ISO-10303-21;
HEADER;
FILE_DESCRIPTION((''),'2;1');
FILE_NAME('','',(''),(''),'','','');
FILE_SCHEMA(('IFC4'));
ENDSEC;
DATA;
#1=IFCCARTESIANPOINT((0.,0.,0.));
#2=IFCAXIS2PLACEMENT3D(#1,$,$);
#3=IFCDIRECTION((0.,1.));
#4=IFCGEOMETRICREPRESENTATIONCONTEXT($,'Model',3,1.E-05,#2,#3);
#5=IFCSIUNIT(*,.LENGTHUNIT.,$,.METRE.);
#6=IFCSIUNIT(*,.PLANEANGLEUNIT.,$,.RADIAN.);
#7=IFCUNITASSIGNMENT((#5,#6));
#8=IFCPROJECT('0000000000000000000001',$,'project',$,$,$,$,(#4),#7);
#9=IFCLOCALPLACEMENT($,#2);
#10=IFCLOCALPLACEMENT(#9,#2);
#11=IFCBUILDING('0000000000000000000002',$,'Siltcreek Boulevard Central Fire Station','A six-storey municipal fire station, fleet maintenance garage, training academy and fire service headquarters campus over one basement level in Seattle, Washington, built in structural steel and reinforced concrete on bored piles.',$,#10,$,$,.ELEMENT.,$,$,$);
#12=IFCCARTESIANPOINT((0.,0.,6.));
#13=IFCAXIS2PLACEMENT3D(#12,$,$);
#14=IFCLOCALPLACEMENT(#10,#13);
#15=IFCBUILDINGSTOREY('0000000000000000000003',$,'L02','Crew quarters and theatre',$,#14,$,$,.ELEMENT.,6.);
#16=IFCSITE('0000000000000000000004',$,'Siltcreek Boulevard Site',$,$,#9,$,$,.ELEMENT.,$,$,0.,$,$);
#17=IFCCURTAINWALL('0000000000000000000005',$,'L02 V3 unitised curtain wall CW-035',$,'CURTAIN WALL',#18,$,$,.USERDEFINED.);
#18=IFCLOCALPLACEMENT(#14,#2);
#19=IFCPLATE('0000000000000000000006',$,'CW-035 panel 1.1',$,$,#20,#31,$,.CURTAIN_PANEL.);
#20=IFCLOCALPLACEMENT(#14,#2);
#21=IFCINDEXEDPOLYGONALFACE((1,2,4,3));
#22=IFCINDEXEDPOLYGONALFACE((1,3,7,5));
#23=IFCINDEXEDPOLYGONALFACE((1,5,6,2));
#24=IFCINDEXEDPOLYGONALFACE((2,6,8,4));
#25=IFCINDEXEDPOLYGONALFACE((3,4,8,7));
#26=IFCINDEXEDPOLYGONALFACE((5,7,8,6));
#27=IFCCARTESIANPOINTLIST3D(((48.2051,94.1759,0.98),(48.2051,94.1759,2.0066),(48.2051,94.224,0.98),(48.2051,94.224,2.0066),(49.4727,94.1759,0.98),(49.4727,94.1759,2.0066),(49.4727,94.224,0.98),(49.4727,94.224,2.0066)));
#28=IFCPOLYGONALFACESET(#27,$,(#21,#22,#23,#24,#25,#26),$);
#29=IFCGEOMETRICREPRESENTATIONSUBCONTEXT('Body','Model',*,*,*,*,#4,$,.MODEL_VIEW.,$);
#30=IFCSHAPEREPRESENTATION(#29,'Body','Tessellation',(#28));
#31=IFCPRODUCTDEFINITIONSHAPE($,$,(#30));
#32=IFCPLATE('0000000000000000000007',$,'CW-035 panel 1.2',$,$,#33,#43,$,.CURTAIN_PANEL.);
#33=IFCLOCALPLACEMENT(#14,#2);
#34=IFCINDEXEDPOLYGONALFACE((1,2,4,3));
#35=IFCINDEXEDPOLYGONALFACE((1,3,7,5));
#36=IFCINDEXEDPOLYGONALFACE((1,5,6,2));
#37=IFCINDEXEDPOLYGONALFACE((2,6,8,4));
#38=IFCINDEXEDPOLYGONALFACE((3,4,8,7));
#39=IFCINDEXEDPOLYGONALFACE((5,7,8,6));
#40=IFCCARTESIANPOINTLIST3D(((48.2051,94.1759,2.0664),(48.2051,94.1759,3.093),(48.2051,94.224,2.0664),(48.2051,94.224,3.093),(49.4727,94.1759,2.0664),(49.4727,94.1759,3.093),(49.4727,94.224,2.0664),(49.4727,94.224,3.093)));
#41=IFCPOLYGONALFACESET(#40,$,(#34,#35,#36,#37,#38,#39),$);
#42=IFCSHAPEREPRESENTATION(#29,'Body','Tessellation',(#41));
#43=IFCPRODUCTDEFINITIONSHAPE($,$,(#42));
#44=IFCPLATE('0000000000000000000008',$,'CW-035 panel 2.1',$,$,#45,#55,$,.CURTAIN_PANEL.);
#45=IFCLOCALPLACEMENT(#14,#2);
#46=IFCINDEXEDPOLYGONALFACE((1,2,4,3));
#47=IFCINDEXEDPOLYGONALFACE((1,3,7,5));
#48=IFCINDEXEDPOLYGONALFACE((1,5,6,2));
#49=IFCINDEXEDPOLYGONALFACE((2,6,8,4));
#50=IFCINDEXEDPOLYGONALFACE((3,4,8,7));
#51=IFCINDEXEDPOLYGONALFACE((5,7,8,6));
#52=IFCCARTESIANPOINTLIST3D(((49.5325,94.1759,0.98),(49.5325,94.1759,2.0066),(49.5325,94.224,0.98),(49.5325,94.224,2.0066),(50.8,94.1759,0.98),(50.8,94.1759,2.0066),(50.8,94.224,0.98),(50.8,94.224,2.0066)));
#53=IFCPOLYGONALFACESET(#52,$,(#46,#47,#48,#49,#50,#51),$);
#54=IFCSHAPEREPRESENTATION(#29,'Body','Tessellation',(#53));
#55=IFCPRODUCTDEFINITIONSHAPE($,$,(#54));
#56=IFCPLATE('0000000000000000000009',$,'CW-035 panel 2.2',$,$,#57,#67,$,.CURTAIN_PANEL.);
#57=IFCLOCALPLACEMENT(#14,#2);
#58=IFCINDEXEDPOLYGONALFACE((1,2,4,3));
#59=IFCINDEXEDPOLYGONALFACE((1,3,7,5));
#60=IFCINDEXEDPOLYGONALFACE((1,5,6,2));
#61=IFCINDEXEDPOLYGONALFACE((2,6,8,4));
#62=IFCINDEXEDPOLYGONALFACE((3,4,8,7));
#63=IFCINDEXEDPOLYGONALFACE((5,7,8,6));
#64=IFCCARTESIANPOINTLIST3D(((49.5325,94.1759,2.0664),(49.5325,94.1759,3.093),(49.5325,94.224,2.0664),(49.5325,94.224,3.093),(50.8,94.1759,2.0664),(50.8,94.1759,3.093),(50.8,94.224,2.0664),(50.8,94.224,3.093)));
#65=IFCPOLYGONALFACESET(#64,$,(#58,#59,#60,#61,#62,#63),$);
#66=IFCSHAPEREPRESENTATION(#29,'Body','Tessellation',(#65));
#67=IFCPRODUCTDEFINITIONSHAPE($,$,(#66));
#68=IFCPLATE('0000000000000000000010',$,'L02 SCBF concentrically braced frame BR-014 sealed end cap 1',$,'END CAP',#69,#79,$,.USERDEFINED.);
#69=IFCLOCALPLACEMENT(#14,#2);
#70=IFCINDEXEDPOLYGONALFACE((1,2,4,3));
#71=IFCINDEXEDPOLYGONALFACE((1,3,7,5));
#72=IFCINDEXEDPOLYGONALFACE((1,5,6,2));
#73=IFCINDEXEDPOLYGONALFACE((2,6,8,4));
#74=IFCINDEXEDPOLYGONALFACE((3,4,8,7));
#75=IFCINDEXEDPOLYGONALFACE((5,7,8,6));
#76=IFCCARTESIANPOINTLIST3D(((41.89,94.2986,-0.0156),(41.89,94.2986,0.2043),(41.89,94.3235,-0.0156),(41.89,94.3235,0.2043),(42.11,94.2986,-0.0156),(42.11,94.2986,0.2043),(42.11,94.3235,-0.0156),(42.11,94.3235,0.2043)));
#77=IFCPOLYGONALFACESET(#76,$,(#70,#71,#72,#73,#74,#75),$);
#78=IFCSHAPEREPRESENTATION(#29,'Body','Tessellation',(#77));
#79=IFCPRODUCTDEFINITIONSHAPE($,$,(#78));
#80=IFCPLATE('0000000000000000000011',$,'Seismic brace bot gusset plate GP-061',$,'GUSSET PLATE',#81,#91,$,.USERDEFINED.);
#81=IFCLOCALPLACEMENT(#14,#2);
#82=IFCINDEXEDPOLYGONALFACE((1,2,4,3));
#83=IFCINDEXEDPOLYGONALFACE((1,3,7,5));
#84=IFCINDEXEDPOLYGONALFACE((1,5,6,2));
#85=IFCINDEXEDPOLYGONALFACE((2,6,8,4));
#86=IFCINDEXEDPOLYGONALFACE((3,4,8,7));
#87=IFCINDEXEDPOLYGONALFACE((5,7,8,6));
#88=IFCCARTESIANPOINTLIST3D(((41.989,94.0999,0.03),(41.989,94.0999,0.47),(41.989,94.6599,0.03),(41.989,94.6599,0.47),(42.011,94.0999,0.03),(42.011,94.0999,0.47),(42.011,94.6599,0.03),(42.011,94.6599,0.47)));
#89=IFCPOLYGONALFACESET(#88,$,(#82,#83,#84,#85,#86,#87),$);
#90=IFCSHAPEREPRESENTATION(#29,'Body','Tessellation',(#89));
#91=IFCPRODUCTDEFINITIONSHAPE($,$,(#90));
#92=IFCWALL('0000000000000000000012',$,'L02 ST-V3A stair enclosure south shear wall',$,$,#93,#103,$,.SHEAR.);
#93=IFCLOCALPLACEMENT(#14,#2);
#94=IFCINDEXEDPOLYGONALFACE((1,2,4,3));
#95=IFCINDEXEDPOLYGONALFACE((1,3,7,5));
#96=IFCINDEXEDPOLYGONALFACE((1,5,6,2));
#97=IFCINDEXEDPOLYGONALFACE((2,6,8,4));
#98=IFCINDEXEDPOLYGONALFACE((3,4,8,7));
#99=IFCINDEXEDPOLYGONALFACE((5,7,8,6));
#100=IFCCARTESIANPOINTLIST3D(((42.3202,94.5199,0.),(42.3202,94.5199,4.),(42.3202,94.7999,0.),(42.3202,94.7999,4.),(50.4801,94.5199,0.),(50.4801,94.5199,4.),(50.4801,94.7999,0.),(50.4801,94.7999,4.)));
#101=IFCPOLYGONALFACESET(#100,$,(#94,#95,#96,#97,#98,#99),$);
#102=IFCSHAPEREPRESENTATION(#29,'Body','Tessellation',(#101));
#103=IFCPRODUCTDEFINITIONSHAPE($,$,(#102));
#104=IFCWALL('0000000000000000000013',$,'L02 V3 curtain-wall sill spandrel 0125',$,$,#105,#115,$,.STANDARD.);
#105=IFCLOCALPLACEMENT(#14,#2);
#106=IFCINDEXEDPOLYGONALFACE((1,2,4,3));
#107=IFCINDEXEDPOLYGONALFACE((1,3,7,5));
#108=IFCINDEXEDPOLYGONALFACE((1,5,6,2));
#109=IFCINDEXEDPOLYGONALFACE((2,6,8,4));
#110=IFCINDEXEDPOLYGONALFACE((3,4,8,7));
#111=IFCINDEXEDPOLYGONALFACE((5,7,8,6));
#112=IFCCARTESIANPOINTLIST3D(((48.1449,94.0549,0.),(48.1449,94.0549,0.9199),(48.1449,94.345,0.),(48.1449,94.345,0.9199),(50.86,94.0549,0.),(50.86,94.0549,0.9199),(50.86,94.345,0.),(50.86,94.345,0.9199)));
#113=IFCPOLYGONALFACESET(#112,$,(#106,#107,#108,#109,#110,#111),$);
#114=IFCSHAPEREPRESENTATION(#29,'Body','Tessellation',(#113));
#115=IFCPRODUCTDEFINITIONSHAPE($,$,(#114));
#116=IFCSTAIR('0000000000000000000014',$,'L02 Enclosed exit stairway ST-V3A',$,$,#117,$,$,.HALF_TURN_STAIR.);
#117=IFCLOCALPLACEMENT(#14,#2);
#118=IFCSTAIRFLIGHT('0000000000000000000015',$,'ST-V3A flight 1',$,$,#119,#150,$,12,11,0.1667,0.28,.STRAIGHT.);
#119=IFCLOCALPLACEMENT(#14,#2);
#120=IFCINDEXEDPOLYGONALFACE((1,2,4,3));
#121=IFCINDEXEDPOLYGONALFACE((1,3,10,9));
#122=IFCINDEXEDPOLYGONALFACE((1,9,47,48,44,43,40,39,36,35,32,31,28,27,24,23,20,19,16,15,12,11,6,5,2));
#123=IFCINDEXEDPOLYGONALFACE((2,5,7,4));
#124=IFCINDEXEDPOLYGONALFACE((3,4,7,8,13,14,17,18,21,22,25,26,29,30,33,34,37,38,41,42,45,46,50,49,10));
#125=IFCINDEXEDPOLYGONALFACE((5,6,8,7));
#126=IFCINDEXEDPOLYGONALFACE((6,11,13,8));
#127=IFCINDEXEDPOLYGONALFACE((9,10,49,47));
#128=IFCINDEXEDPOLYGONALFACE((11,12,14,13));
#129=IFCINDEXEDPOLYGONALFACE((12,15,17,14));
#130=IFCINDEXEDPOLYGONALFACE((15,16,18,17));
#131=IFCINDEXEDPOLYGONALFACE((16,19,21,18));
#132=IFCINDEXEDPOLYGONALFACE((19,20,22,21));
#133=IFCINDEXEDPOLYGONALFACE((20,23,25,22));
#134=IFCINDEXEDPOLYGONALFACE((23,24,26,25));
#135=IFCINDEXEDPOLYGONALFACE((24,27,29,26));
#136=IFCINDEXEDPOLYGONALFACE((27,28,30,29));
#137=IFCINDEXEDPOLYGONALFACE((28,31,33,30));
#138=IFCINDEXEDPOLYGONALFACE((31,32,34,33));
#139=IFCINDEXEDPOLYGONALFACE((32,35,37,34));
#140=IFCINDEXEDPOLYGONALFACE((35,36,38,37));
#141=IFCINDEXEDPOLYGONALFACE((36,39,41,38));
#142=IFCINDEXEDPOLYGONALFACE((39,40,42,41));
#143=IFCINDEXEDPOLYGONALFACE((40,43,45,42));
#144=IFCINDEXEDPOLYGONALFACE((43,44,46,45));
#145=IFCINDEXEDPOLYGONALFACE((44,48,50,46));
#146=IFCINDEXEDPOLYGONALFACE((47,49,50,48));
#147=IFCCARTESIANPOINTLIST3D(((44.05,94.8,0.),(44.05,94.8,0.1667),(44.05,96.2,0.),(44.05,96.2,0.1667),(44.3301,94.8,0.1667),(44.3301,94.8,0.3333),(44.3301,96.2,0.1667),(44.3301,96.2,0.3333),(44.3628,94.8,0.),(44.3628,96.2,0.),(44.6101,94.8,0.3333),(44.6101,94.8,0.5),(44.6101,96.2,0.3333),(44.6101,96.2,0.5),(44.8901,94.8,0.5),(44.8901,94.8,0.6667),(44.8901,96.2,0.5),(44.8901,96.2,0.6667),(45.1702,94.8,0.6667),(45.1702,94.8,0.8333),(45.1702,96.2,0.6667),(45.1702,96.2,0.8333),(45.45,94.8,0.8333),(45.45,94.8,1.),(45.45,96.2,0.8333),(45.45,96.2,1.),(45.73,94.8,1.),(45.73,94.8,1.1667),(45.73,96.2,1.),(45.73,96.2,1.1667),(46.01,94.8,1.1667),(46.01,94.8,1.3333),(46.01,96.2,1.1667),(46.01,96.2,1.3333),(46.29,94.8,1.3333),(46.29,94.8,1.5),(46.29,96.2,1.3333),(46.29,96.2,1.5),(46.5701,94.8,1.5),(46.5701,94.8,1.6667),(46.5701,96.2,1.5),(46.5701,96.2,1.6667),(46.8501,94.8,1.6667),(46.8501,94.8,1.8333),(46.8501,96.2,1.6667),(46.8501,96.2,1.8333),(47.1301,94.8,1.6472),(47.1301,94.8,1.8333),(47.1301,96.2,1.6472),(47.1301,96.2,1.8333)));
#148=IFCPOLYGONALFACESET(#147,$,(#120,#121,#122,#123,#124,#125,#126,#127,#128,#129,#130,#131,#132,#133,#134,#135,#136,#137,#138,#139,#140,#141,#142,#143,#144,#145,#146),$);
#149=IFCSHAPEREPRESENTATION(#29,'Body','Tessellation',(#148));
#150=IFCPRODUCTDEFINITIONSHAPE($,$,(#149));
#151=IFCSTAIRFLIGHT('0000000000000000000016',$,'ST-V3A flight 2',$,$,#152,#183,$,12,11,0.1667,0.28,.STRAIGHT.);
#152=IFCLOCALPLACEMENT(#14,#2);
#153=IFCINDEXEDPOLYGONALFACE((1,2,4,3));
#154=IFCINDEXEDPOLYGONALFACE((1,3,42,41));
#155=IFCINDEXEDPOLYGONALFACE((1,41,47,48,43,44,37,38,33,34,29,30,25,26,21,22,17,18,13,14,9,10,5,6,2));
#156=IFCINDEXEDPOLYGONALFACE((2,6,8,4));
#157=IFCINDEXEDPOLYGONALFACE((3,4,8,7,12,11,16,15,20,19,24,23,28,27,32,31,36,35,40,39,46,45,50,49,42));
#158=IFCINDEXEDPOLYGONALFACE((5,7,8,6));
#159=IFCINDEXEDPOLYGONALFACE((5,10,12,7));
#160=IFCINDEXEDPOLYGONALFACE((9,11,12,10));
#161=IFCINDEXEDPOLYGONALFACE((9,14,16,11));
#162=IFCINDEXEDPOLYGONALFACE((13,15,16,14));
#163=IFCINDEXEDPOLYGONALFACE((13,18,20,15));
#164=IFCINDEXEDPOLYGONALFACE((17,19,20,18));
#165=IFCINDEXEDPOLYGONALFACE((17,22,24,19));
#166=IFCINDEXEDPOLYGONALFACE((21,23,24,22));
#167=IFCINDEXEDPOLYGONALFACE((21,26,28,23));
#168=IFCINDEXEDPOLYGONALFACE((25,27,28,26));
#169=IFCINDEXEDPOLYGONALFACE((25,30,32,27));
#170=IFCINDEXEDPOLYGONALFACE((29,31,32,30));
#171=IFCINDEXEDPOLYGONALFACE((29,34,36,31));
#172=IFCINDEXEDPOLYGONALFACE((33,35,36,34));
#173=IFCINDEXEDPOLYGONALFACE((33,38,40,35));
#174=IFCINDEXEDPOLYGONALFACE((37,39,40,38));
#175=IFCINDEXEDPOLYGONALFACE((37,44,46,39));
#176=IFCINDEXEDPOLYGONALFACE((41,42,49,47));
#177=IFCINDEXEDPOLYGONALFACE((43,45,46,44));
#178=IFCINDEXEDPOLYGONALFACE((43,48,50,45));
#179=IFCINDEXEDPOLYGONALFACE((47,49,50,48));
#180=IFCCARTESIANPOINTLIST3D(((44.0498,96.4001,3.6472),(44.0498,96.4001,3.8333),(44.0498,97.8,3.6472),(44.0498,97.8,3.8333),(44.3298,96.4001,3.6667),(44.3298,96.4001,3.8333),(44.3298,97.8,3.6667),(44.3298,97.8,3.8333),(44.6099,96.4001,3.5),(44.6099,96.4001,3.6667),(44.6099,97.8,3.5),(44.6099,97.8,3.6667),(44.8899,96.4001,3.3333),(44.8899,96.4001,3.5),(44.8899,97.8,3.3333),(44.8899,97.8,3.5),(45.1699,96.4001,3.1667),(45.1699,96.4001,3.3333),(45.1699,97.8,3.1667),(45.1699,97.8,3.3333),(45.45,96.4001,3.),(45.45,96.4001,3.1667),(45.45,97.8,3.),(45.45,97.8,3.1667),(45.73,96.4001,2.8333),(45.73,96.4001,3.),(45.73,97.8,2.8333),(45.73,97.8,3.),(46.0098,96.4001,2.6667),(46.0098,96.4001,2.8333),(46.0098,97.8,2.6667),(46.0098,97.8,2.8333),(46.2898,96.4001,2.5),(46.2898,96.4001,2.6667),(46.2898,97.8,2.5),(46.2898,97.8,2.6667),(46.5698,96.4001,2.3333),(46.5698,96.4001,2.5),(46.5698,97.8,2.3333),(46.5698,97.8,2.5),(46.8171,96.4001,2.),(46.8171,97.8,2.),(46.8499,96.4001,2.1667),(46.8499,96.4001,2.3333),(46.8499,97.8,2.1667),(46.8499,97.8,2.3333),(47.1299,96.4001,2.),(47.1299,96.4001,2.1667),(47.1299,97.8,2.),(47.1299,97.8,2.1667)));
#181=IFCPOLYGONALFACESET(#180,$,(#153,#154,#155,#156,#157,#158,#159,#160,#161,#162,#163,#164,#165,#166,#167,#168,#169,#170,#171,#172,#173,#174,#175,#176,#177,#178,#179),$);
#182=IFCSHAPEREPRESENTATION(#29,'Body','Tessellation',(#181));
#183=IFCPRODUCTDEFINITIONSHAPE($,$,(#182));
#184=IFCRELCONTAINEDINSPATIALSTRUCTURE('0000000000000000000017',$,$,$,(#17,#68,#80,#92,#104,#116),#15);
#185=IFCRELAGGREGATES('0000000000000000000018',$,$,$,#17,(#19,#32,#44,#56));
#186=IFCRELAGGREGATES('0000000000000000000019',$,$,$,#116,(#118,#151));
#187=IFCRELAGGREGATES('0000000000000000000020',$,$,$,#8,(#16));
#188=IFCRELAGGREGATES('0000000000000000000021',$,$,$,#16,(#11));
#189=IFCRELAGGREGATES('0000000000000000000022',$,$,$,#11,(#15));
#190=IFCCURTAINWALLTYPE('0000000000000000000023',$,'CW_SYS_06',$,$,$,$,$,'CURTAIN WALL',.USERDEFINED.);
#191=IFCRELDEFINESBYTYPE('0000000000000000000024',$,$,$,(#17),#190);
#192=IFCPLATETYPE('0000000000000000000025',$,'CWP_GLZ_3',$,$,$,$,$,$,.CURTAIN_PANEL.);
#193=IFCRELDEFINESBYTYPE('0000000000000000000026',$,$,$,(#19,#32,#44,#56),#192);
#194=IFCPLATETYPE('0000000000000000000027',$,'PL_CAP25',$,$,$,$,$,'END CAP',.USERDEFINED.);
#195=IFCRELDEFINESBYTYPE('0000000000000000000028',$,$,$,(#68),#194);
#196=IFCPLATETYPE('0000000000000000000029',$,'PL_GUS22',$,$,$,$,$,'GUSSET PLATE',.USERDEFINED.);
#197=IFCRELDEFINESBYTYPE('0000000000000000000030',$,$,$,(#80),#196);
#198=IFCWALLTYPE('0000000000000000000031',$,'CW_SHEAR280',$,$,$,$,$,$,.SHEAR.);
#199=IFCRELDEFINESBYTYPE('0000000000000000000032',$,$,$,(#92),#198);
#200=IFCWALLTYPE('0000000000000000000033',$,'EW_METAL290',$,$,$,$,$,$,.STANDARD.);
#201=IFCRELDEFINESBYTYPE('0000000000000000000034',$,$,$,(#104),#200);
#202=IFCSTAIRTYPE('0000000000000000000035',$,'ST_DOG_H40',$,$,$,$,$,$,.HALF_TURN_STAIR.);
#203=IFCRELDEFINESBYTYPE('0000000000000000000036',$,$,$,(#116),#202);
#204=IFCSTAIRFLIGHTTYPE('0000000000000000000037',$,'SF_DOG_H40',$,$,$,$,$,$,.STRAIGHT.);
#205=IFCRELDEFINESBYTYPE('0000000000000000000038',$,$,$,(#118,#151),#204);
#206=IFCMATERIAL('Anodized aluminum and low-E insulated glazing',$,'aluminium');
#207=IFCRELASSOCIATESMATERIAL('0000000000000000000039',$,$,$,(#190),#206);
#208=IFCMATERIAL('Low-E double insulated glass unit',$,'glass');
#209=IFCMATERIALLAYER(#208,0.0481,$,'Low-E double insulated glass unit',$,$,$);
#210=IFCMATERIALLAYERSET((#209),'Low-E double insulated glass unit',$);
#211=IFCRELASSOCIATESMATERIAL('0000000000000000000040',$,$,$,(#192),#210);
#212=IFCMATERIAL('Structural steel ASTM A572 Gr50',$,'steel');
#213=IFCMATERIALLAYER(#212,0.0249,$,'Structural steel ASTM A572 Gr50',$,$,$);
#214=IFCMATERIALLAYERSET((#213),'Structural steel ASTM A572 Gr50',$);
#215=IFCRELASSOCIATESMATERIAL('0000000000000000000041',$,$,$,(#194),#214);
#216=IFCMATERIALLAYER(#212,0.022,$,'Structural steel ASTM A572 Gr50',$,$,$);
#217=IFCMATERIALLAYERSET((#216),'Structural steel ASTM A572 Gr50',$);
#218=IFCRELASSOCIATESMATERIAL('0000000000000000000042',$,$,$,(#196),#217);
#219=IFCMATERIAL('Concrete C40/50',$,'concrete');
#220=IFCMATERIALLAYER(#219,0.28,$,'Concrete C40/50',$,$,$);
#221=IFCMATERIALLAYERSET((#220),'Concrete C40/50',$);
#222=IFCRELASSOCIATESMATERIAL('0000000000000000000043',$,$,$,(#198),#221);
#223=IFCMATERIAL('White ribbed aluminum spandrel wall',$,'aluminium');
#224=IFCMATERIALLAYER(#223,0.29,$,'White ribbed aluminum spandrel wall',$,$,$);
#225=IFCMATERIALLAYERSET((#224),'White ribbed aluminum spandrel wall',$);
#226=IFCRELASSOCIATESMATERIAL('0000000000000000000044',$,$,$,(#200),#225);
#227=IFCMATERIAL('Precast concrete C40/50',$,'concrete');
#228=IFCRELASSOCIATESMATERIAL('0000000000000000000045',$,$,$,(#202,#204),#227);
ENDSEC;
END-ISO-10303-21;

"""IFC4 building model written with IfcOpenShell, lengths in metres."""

from ifc_helpers import new_model, si_unit, direction, frame, frame_2d, origin, origin_2d, place, context, subcontext, project, spatial, polyline, rectangle, outline, extrude, material, layer, layer_set, type_object, element, aggregate, save


model = new_model("IFC4")

# Units and contexts
model_context = context("Model", 3, precision=1e-05, world=origin(), true_north=direction((0.0, 1.0)))
body_context = subcontext(model_context, "Body", "Model", "MODEL_VIEW")
ifc_project = project(units=[si_unit("LENGTHUNIT", "METRE"), si_unit("PLANEANGLEUNIT", "RADIAN")], contexts=[model_context])

# Site, building, storey
site_placement = place(None, origin())
site = spatial("IfcSite", under=ifc_project, at=site_placement, Name="Siltcreek Boulevard Site", CompositionType="ELEMENT", RefElevation=0.0)
building_placement = place(site_placement, origin())
building = spatial("IfcBuilding", under=site, at=building_placement, Name="Siltcreek Boulevard Central Fire Station", Description="A six-storey municipal fire station, fleet maintenance garage, training academy and fire service headquarters campus over one basement level in Seattle, Washington, built in structural steel and reinforced concrete on bored piles.", CompositionType="ELEMENT")
storey_placement = place(building_placement, frame((0.0, 0.0, 6.0)))
storey = spatial("IfcBuildingStorey", under=building, at=storey_placement, Name="L02", Description="Crew quarters and theatre", CompositionType="ELEMENT", Elevation=6.0)

# Curtain wall
ifc_material_1 = material(Name="Anodized aluminum and low-E insulated glazing", Category="aluminium")
curtain_wall_type_1 = type_object("IfcCurtainWallType", Name="CW_SYS_06", ElementType="CURTAIN WALL", PredefinedType="USERDEFINED", material=ifc_material_1)
curtain_wall_1_placement = place(storey_placement, origin())
curtain_wall_1 = element("IfcCurtainWall", 1, at=curtain_wall_1_placement, inside=storey, type_object=curtain_wall_type_1, Name="L02 V3 unitised curtain wall CW-035", ObjectType="CURTAIN WALL", PredefinedType="USERDEFINED")

# Plates
ifc_material_2 = material(Name="Low-E double insulated glass unit", Category="glass")
ifc_layer_1 = layer(ifc_material_2, 0.0481, Name="Low-E double insulated glass unit")
ifc_layer_set_1 = layer_set([ifc_layer_1], Name="Low-E double insulated glass unit")
plate_type_1 = type_object("IfcPlateType", Name="CWP_GLZ_3", PredefinedType="CURTAIN_PANEL", material=ifc_layer_set_1)
plate_1_placement = place(storey_placement, frame((48.8389, 94.2, 0.98), z_axis=(0.0, 0.0, 1.0), x_axis=(1.0, 0.0, 0.0)))
plate_1 = element("IfcPlate", 2, at=plate_1_placement, type_object=plate_type_1, Name="CW-035 panel 1.1", PredefinedType="CURTAIN_PANEL", context=body_context, shape_type="SweptSolid", body=[
    extrude(rectangle(XDim=1.2676, YDim=0.0481, at=origin_2d()), origin(), (0.0, 0.0, 1.0), 1.0266),
])
plate_2_placement = place(storey_placement, frame((48.8389, 94.2, 2.0664), z_axis=(0.0, 0.0, 1.0), x_axis=(1.0, 0.0, 0.0)))
plate_2 = element("IfcPlate", 3, at=plate_2_placement, type_object=plate_type_1, Name="CW-035 panel 1.2", PredefinedType="CURTAIN_PANEL", context=body_context, shape_type="SweptSolid", body=[
    extrude(rectangle(XDim=1.2676, YDim=0.0481, at=origin_2d()), origin(), (0.0, 0.0, 1.0), 1.0266),
])
plate_3_placement = place(storey_placement, frame((50.1663, 94.2, 0.98), z_axis=(0.0, 0.0, 1.0), x_axis=(1.0, 0.0, 0.0)))
plate_3 = element("IfcPlate", 4, at=plate_3_placement, type_object=plate_type_1, Name="CW-035 panel 2.1", PredefinedType="CURTAIN_PANEL", context=body_context, shape_type="SweptSolid", body=[
    extrude(rectangle(XDim=1.2676, YDim=0.0481, at=origin_2d()), origin(), (0.0, 0.0, 1.0), 1.0266),
])
plate_4_placement = place(storey_placement, frame((50.1663, 94.2, 2.0664), z_axis=(0.0, 0.0, 1.0), x_axis=(1.0, 0.0, 0.0)))
plate_4 = element("IfcPlate", 5, at=plate_4_placement, type_object=plate_type_1, Name="CW-035 panel 2.2", PredefinedType="CURTAIN_PANEL", context=body_context, shape_type="SweptSolid", body=[
    extrude(rectangle(XDim=1.2676, YDim=0.0481, at=origin_2d()), origin(), (0.0, 0.0, 1.0), 1.0266),
])
aggregate(curtain_wall_1, [plate_1, plate_2, plate_3, plate_4])

# Plates
ifc_material_3 = material(Name="Structural steel ASTM A572 Gr50", Category="steel")
ifc_layer_2 = layer(ifc_material_3, 0.0249, Name="Structural steel ASTM A572 Gr50")
ifc_layer_set_2 = layer_set([ifc_layer_2], Name="Structural steel ASTM A572 Gr50")
plate_type_2 = type_object("IfcPlateType", Name="PL_CAP25", ElementType="END CAP", PredefinedType="USERDEFINED", material=ifc_layer_set_2)
plate_5_placement = place(storey_placement, frame((42.0, 94.311, -0.0156), z_axis=(0.0, 0.0, 1.0), x_axis=(0.0, 1.0, 0.0)))
element("IfcPlate", 6, at=plate_5_placement, inside=storey, type_object=plate_type_2, Name="L02 SCBF concentrically braced frame BR-014 sealed end cap 1", ObjectType="END CAP", PredefinedType="USERDEFINED", context=body_context, shape_type="SweptSolid", body=[
    extrude(rectangle(XDim=0.0249, YDim=0.22, at=origin_2d()), origin(), (0.0, 0.0, 1.0), 0.22),
])
ifc_layer_3 = layer(ifc_material_3, 0.022, Name="Structural steel ASTM A572 Gr50")
ifc_layer_set_3 = layer_set([ifc_layer_3], Name="Structural steel ASTM A572 Gr50")
plate_type_3 = type_object("IfcPlateType", Name="PL_GUS22", ElementType="GUSSET PLATE", PredefinedType="USERDEFINED", material=ifc_layer_set_3)
plate_6_placement = place(storey_placement, frame((42.0, 94.3799, 0.03), z_axis=(0.0, 0.0, 1.0), x_axis=(0.0, 1.0, 0.0)))
element("IfcPlate", 7, at=plate_6_placement, inside=storey, type_object=plate_type_3, Name="Seismic brace bot gusset plate GP-061", ObjectType="GUSSET PLATE", PredefinedType="USERDEFINED", context=body_context, shape_type="SweptSolid", body=[
    extrude(rectangle(XDim=0.5601, YDim=0.022, at=origin_2d()), origin(), (0.0, 0.0, 1.0), 0.4399),
])

# Walls
ifc_material_4 = material(Name="Concrete C40/50", Category="concrete")
ifc_layer_4 = layer(ifc_material_4, 0.28, Name="Concrete C40/50")
ifc_layer_set_4 = layer_set([ifc_layer_4], Name="Concrete C40/50")
wall_type_1 = type_object("IfcWallType", Name="CW_SHEAR280", PredefinedType="SHEAR", material=ifc_layer_set_4)
wall_1_placement = place(storey_placement, frame((42.3201, 94.6599, 0.0), z_axis=(0.0, 0.0, 1.0), x_axis=(1.0, 0.0, 0.0)))
element("IfcWall", 8, at=wall_1_placement, inside=storey, type_object=wall_type_1, Name="L02 ST-V3A stair enclosure south shear wall", PredefinedType="SHEAR", context=body_context, shape_type="SweptSolid", body=[
    extrude(rectangle(XDim=8.1599, YDim=0.28, at=frame_2d((4.0801, 0.0))), origin(), (0.0, 0.0, 1.0), 4.0),
])
ifc_material_5 = material(Name="White ribbed aluminum spandrel wall", Category="aluminium")
ifc_layer_5 = layer(ifc_material_5, 0.29, Name="White ribbed aluminum spandrel wall")
ifc_layer_set_5 = layer_set([ifc_layer_5], Name="White ribbed aluminum spandrel wall")
wall_type_2 = type_object("IfcWallType", Name="EW_METAL290", PredefinedType="STANDARD", material=ifc_layer_set_5)
wall_2_placement = place(storey_placement, frame((48.145, 94.2, 0.0), z_axis=(0.0, 0.0, 1.0), x_axis=(1.0, 0.0, 0.0)))
element("IfcWall", 9, at=wall_2_placement, inside=storey, type_object=wall_type_2, Name="L02 V3 curtain-wall sill spandrel 0125", PredefinedType="STANDARD", context=body_context, shape_type="SweptSolid", body=[
    extrude(rectangle(XDim=2.7151, YDim=0.29, at=frame_2d((1.3574, 0.0))), origin(), (0.0, 0.0, 1.0), 0.9199),
])

# Stair, stair flights
ifc_material_6 = material(Name="Precast concrete C40/50", Category="concrete")
stair_type = type_object("IfcStairType", Name="ST_DOG_H40", PredefinedType="HALF_TURN_STAIR", material=ifc_material_6)
stair_placement = place(storey_placement, origin())
stair = element("IfcStair", 10, at=stair_placement, inside=storey, type_object=stair_type, Name="L02 Enclosed exit stairway ST-V3A", PredefinedType="HALF_TURN_STAIR")
stair_flight_type = type_object("IfcStairFlightType", Name="SF_DOG_H40", PredefinedType="STRAIGHT", material=ifc_material_6)
stair_flight_1_placement = place(storey_placement, frame((44.05, 95.5, 0.0), z_axis=(0.0, 0.0, 1.0), x_axis=(1.0, 0.0, 0.0)))
stair_flight_1 = element("IfcStairFlight", 11, at=stair_flight_1_placement, type_object=stair_flight_type, Name="ST-V3A flight 1", NumberOfRisers=12, NumberOfTreads=11, PredefinedType="STRAIGHT", RiserHeight=0.1667, TreadLength=0.28, context=body_context, shape_type="SweptSolid", body=[
    extrude(outline(polyline([(0.0, 0.0), (0.0, 0.1667), (0.28, 0.1667), (0.28, 0.3333), (0.5601, 0.3333), (0.5601, 0.5), (0.8401, 0.5), (0.8401, 0.6667), (1.1201, 0.6667), (1.1201, 0.8333), (1.3999, 0.8333), (1.3999, 1.0), (1.6799, 1.0), (1.6799, 1.1667), (1.96, 1.1667), (1.96, 1.3333), (2.24, 1.3333), (2.24, 1.5), (2.52, 1.5), (2.52, 1.6667), (2.8, 1.6667), (2.8, 1.8333), (3.0801, 1.8333), (3.0801, 2.0), (3.0801, 1.6472), (0.3127, 0.0), (0.0, 0.0)])), frame((0.0, 0.7, 0.0), z_axis=(0.0, -1.0, 0.0), x_axis=(1.0, 0.0, 0.0)), (0.0, 0.0, 1.0), 1.3999),
])
stair_flight_2_placement = place(storey_placement, frame((47.1299, 97.1001, 2.0), z_axis=(0.0, 0.0, 1.0), x_axis=(-1.0, 0.0, 0.0)))
stair_flight_2 = element("IfcStairFlight", 12, at=stair_flight_2_placement, type_object=stair_flight_type, Name="ST-V3A flight 2", NumberOfRisers=12, NumberOfTreads=11, PredefinedType="STRAIGHT", RiserHeight=0.1667, TreadLength=0.28, context=body_context, shape_type="SweptSolid", body=[
    extrude(outline(polyline([(0.0, 0.0), (0.0, 0.1667), (0.28, 0.1667), (0.28, 0.3333), (0.5601, 0.3333), (0.5601, 0.5), (0.8401, 0.5), (0.8401, 0.6667), (1.1201, 0.6667), (1.1201, 0.8333), (1.3999, 0.8333), (1.3999, 1.0), (1.6799, 1.0), (1.6799, 1.1667), (1.96, 1.1667), (1.96, 1.3333), (2.24, 1.3333), (2.24, 1.5), (2.52, 1.5), (2.52, 1.6667), (2.8, 1.6667), (2.8, 1.8333), (3.0801, 1.8333), (3.0801, 2.0), (3.0801, 1.6472), (0.3127, 0.0), (0.0, 0.0)])), frame((0.0, 0.7, 0.0), z_axis=(0.0, -1.0, 0.0), x_axis=(1.0, 0.0, 0.0)), (0.0, 0.0, 1.0), 1.3999),
])
aggregate(stair, [stair_flight_1, stair_flight_2])

save(model, "model.ifc")
